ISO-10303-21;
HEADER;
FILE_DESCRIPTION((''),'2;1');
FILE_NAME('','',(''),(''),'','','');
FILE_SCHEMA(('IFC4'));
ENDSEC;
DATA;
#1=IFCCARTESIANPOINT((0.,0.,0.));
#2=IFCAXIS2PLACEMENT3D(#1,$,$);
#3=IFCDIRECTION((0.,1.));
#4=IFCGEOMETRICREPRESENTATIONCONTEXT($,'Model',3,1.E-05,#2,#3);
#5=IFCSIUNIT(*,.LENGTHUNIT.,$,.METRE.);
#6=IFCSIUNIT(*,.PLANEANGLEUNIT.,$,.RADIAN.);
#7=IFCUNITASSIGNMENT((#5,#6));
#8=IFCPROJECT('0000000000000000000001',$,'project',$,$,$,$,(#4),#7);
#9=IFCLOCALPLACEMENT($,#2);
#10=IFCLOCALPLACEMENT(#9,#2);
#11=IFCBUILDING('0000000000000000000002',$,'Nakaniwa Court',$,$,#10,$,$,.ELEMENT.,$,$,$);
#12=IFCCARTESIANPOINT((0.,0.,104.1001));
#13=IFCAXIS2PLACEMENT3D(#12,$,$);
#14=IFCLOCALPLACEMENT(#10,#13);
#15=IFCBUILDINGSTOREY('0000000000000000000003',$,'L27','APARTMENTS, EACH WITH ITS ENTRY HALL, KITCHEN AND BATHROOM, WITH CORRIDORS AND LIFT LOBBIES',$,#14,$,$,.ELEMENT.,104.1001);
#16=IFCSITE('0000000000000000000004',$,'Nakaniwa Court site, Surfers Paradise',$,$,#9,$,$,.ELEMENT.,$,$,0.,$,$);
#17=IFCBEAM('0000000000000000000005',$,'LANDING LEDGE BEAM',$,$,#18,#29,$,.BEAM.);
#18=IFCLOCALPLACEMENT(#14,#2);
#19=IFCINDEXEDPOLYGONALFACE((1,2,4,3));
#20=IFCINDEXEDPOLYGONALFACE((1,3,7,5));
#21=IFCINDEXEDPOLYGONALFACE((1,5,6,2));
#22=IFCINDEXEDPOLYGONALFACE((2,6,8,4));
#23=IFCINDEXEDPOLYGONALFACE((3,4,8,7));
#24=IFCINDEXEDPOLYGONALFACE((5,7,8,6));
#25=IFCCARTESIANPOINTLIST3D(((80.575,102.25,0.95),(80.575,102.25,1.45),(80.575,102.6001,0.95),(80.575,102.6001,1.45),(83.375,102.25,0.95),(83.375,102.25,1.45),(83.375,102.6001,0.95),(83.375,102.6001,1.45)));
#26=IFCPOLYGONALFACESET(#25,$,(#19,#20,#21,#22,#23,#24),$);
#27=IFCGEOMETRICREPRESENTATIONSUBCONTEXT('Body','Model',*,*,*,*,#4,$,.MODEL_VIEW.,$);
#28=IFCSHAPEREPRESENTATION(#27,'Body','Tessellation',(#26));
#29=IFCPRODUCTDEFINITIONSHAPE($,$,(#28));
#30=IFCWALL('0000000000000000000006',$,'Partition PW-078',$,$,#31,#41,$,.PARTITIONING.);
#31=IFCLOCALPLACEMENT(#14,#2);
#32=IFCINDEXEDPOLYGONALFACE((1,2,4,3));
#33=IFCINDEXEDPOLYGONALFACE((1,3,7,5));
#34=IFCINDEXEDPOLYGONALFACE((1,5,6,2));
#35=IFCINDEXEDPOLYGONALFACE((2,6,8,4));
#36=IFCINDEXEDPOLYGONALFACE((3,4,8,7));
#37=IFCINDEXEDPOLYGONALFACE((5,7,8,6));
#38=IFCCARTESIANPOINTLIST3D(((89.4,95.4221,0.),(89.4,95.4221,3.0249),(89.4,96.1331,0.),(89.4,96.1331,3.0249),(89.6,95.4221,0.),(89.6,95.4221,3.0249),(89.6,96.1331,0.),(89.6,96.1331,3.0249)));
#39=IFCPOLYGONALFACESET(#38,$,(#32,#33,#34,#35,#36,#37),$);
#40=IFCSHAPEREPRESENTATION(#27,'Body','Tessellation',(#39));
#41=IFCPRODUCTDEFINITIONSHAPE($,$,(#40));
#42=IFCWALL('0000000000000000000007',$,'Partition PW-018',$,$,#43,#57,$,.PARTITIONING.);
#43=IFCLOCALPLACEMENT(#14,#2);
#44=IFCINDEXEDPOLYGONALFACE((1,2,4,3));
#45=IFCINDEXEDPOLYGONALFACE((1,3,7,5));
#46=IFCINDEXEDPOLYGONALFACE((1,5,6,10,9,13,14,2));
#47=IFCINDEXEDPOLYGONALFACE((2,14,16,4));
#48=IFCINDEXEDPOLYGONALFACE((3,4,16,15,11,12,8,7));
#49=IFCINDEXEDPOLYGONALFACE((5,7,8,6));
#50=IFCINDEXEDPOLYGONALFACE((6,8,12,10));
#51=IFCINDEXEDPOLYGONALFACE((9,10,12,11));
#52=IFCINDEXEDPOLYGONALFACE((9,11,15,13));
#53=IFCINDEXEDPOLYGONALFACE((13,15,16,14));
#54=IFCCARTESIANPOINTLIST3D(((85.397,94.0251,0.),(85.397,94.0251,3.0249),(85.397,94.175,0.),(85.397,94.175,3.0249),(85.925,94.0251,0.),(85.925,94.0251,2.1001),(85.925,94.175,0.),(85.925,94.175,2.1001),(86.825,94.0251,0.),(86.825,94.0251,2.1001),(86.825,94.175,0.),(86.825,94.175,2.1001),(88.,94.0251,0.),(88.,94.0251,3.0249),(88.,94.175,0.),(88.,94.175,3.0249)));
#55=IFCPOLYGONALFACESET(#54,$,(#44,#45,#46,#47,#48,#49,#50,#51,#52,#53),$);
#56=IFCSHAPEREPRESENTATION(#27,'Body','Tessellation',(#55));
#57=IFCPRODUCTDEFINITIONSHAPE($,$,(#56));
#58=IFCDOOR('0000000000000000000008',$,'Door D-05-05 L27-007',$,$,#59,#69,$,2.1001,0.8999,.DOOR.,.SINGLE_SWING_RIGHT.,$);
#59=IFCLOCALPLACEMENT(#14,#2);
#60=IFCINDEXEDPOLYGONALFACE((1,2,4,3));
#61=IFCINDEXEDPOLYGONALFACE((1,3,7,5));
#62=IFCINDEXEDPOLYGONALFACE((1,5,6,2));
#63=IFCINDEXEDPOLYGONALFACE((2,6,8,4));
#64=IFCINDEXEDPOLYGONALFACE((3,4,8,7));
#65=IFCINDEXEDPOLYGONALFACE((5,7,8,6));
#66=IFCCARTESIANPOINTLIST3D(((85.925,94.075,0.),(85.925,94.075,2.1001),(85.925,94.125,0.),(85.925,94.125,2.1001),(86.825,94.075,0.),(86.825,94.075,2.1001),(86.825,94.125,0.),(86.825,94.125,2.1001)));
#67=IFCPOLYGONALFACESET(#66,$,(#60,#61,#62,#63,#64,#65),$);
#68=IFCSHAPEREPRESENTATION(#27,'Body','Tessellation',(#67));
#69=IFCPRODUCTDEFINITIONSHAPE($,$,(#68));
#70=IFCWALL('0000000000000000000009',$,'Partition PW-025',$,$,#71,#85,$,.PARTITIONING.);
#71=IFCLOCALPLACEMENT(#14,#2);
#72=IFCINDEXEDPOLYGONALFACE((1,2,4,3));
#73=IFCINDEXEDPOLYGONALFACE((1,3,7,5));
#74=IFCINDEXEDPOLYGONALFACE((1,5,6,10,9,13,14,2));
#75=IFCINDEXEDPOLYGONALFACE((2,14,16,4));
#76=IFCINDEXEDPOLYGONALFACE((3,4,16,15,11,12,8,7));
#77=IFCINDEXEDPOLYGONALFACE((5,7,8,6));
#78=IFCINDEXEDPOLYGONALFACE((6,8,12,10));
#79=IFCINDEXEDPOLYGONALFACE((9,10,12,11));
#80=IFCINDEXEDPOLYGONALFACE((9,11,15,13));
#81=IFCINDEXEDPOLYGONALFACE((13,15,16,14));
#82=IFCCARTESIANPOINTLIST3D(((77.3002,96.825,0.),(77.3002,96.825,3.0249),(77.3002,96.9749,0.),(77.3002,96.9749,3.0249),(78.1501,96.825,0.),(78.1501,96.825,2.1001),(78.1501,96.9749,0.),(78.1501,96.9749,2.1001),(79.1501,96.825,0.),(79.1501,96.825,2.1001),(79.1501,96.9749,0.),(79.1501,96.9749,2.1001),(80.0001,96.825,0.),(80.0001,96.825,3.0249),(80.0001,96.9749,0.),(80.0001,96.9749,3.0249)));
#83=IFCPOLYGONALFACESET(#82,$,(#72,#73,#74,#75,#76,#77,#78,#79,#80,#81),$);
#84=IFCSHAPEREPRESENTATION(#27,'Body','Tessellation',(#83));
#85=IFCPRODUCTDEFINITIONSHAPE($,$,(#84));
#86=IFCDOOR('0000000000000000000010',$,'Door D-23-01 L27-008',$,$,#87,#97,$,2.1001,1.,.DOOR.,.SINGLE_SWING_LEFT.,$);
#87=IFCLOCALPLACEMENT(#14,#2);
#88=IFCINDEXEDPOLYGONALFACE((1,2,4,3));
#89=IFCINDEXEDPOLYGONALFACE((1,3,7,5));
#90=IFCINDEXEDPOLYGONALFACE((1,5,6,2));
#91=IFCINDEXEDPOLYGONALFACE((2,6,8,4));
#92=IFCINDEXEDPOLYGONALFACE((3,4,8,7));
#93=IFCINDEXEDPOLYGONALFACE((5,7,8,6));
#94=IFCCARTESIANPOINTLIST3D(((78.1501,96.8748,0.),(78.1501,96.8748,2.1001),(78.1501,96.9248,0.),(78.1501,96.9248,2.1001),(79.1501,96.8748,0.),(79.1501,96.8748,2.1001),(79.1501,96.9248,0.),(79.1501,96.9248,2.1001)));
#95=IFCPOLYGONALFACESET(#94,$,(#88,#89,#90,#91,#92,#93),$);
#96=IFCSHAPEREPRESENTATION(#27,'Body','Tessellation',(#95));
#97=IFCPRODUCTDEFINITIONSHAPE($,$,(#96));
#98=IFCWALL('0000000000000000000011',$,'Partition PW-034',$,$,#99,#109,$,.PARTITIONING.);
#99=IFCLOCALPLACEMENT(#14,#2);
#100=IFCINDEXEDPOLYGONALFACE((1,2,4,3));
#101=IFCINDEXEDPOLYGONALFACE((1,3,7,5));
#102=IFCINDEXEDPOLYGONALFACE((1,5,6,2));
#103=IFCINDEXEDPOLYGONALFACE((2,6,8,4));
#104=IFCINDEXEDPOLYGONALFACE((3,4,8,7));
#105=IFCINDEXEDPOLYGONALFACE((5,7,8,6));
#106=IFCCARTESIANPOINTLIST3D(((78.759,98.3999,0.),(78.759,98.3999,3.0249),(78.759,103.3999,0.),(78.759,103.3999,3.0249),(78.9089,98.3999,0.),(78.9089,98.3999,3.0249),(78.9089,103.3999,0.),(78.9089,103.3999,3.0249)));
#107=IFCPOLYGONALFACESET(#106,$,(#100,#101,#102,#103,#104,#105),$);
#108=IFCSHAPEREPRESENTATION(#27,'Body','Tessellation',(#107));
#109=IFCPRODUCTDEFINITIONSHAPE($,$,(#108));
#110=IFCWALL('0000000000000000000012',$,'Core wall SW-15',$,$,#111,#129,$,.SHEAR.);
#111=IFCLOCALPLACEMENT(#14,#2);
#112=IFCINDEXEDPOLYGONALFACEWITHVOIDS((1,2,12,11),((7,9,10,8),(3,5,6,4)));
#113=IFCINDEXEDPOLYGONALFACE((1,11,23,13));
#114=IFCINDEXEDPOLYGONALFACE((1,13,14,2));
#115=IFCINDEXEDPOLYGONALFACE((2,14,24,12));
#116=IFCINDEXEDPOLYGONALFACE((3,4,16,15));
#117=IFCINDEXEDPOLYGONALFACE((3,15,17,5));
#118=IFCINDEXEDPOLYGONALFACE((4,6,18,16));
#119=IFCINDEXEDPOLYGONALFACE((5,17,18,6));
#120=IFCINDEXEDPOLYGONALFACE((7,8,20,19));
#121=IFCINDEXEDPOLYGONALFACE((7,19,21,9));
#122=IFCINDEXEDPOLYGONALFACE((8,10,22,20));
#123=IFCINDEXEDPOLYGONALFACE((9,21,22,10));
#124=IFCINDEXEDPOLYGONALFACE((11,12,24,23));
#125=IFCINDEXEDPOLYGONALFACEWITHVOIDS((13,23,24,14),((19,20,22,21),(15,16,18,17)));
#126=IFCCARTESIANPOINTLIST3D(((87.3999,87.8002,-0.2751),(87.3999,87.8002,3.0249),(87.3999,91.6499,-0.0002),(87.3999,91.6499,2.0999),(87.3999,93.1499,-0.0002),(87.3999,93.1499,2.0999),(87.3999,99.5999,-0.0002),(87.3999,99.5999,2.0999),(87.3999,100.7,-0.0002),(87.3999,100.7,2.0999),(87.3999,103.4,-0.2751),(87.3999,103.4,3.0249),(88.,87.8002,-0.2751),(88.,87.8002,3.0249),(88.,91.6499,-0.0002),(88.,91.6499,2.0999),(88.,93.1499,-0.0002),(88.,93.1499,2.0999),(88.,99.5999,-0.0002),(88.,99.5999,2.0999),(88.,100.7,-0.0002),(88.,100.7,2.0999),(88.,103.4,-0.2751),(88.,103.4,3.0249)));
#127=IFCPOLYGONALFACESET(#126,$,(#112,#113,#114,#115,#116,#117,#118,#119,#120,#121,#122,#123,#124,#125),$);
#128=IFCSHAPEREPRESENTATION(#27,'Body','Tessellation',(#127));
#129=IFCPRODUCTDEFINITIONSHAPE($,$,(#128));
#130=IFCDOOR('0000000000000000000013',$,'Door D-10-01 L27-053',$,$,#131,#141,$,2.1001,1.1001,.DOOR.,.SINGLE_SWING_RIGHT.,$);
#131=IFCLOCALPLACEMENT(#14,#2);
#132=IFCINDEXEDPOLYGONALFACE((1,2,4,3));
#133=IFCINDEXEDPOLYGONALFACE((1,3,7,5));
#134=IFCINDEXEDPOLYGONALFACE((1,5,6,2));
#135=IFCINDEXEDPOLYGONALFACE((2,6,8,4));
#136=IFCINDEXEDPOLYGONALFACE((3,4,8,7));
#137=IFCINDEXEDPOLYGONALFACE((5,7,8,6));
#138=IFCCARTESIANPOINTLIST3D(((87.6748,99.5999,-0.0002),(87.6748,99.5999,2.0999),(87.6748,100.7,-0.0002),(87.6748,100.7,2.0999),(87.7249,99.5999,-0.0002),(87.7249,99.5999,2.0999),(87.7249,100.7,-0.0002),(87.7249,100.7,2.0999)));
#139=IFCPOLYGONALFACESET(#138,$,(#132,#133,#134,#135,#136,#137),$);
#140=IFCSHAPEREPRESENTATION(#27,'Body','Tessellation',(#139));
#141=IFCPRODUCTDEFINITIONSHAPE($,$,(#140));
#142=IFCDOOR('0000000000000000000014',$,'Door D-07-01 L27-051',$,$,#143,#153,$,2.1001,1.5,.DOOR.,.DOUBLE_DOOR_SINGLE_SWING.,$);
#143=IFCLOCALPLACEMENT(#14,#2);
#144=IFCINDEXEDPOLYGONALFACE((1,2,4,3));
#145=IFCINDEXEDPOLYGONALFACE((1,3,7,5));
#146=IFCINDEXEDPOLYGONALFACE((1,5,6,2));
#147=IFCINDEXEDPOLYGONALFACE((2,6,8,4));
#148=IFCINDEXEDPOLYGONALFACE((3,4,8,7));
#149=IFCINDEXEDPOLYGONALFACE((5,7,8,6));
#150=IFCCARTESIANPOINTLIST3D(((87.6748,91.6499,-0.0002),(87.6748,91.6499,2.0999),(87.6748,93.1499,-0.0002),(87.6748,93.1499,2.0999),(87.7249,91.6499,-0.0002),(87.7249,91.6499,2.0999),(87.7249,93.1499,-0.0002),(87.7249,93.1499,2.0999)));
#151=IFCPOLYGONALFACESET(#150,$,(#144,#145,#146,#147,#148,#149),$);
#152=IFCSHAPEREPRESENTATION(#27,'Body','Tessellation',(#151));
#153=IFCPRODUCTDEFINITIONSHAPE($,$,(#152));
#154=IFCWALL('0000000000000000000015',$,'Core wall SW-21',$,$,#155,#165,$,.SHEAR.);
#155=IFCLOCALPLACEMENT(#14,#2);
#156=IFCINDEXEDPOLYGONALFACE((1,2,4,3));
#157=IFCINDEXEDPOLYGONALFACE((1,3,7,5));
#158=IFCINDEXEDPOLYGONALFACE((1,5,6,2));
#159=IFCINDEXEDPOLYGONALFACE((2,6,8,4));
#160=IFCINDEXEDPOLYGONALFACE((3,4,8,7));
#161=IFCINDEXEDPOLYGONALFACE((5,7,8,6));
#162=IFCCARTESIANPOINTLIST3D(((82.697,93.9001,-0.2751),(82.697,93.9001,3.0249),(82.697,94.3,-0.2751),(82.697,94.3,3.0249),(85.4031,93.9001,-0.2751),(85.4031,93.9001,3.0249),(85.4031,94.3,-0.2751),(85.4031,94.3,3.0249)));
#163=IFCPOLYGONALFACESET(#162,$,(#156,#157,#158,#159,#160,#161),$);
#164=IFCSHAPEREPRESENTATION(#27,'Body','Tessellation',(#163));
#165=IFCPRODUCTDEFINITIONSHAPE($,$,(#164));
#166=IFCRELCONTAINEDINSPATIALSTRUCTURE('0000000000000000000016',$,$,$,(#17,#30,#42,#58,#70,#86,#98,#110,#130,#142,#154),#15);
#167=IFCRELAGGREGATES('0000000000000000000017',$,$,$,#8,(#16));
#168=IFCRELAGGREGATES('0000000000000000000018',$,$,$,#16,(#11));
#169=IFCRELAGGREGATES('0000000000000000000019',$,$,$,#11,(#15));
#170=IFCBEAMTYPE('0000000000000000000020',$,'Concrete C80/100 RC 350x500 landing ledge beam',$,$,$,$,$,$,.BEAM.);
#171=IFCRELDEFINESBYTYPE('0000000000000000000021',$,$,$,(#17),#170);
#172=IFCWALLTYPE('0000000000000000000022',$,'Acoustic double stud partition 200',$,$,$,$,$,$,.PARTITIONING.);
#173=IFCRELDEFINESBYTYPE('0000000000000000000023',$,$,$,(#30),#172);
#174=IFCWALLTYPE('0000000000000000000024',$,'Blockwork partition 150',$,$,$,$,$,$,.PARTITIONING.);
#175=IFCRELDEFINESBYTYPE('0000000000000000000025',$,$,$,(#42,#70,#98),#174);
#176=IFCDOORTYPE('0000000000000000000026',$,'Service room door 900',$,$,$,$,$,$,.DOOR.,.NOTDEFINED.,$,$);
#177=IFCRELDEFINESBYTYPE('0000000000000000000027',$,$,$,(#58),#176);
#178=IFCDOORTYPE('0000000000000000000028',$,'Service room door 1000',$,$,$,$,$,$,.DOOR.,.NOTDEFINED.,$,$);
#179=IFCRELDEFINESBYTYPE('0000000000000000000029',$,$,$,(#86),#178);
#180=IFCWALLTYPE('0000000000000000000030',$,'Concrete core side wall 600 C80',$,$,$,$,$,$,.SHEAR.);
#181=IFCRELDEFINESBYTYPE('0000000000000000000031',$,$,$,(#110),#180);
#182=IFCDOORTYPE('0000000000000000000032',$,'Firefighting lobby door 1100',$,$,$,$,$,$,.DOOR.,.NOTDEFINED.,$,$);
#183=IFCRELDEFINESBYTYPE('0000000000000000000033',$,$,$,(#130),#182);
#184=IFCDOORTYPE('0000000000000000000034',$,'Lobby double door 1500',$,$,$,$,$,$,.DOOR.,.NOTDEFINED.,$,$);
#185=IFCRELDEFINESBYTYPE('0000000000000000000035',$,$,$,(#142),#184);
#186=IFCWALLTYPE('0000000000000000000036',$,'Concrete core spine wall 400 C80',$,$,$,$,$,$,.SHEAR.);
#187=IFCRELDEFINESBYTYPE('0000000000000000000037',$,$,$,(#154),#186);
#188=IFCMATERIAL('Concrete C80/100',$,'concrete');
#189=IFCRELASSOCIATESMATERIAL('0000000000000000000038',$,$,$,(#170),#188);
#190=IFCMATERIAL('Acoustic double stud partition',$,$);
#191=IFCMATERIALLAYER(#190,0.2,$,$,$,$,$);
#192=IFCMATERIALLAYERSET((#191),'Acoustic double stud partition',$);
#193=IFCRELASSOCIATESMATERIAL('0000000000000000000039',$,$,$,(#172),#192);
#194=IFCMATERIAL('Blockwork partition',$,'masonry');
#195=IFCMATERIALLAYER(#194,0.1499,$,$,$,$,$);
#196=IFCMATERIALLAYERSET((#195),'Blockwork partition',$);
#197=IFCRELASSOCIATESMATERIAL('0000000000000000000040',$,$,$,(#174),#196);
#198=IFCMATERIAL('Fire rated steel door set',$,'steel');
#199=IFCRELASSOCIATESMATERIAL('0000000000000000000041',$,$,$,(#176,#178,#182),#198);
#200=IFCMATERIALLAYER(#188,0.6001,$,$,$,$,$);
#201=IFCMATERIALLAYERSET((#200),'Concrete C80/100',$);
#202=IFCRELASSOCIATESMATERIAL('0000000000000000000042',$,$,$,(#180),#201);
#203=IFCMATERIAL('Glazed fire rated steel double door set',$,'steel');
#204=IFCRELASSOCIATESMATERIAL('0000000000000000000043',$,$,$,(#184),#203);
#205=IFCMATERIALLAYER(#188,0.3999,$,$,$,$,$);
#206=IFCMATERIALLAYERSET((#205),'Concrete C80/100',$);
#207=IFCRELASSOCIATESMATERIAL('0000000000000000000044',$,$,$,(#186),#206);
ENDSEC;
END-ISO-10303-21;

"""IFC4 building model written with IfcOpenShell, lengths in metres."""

from ifc_helpers import new_model, si_unit, direction, frame, frame_2d, origin, origin_2d, place, context, subcontext, project, spatial, rectangle, extrude, material, layer, layer_set, material_profile, profile_set, type_object, element, fill, save


model = new_model("IFC4")

# Units and contexts
model_context = context("Model", 3, precision=1e-05, world=origin(), true_north=direction((0.0, 1.0)))
body_context = subcontext(model_context, "Body", "Model", "MODEL_VIEW")
ifc_project = project(units=[si_unit("LENGTHUNIT", "METRE"), si_unit("PLANEANGLEUNIT", "RADIAN")], contexts=[model_context])

# Site, building, storey
site_placement = place(None, origin())
site = spatial("IfcSite", under=ifc_project, at=site_placement, Name="Nakaniwa Court site, Surfers Paradise", CompositionType="ELEMENT", RefElevation=0.0)
building_placement = place(site_placement, origin())
building = spatial("IfcBuilding", under=site, at=building_placement, Name="Nakaniwa Court", CompositionType="ELEMENT")
storey_placement = place(building_placement, frame((0.0, 0.0, 104.1001)))
storey = spatial("IfcBuildingStorey", under=building, at=storey_placement, Name="L27", Description="APARTMENTS, EACH WITH ITS ENTRY HALL, KITCHEN AND BATHROOM, WITH CORRIDORS AND LIFT LOBBIES", CompositionType="ELEMENT", Elevation=104.1001)

# Beam
ifc_material_1 = material(Name="Concrete C80/100", Category="concrete")
ifc_material_profile = material_profile(ifc_material_1, rectangle(XDim=0.3501, YDim=0.5, at=origin_2d()), Name="Concrete C80/100 RC 350x500 landing ledge beam")
ifc_profile_set = profile_set([ifc_material_profile], Name="Concrete C80/100")
beam_type = type_object("IfcBeamType", Name="Concrete C80/100 RC 350x500 landing ledge beam", PredefinedType="BEAM", material=ifc_profile_set)
beam_placement = place(storey_placement, frame((80.575, 102.425, 1.2), z_axis=(1.0, 0.0, 0.0), x_axis=(0.0, 1.0, 0.0)))
element("IfcBeam", 1, at=beam_placement, inside=storey, type_object=beam_type, Name="LANDING LEDGE BEAM", PredefinedType="BEAM", context=body_context, shape_type="SweptSolid", body=[
    extrude(rectangle(XDim=0.3501, YDim=0.5, at=origin_2d()), origin(), (0.0, 0.0, 1.0), 2.8),
])

# Wall
ifc_material_2 = material(Name="Acoustic double stud partition")
ifc_layer_1 = layer(ifc_material_2, 0.2)
ifc_layer_set_1 = layer_set([ifc_layer_1], Name="Acoustic double stud partition")
wall_type_1 = type_object("IfcWallType", Name="Acoustic double stud partition 200", PredefinedType="PARTITIONING", material=ifc_layer_set_1)
wall_1_placement = place(storey_placement, frame((89.5, 95.4221, 0.0), z_axis=(0.0, 0.0, 1.0), x_axis=(0.0, 1.0, 0.0)))
element("IfcWall", 2, at=wall_1_placement, inside=storey, type_object=wall_type_1, Name="Partition PW-078", PredefinedType="PARTITIONING", context=body_context, shape_type="SweptSolid", body=[
    extrude(rectangle(XDim=0.7109, YDim=0.2, at=frame_2d((0.3555, 0.0))), origin(), (0.0, 0.0, 1.0), 3.0249),
])

# Walls, openings, doors
ifc_material_3 = material(Name="Blockwork partition", Category="masonry")
ifc_layer_2 = layer(ifc_material_3, 0.1499)
ifc_layer_set_2 = layer_set([ifc_layer_2], Name="Blockwork partition")
wall_type_2 = type_object("IfcWallType", Name="Blockwork partition 150", PredefinedType="PARTITIONING", material=ifc_layer_set_2)
wall_2_placement = place(storey_placement, frame((85.397, 94.1001, 0.0), z_axis=(0.0, 0.0, 1.0), x_axis=(1.0, 0.0, 0.0)))
wall_2 = element("IfcWall", 3, at=wall_2_placement, inside=storey, type_object=wall_type_2, Name="Partition PW-018", PredefinedType="PARTITIONING", context=body_context, shape_type="SweptSolid", body=[
    extrude(rectangle(XDim=2.603, YDim=0.1499, at=frame_2d((1.3015, 0.0))), origin(), (0.0, 0.0, 1.0), 3.0249),
])
opening_1_placement = place(wall_2_placement, frame((0.5281, 0.0, 0.0)))
opening_1 = element("IfcOpeningElement", 4, at=opening_1_placement, cuts=wall_2, PredefinedType="OPENING", context=body_context, shape_type="SweptSolid", body=[
    extrude(rectangle(XDim=0.8999, YDim=2.1001, at=frame_2d((0.45, 1.05))), frame((0.0, 0.085, 0.0), z_axis=(0.0, -1.0, 0.0), x_axis=(1.0, 0.0, 0.0)), (0.0, 0.0, 1.0), 0.1699),
])
ifc_material_4 = material(Name="Fire rated steel door set", Category="steel")
door_type_1 = type_object("IfcDoorType", Name="Service room door 900", OperationType="NOTDEFINED", PredefinedType="DOOR", material=ifc_material_4)
door_1_placement = place(opening_1_placement, origin())
door_1 = element("IfcDoor", 5, at=door_1_placement, inside=storey, type_object=door_type_1, Name="Door D-05-05 L27-007", OperationType="SINGLE_SWING_RIGHT", OverallHeight=2.1001, OverallWidth=0.8999, PredefinedType="DOOR", context=body_context, shape_type="SweptSolid", body=[
    extrude(rectangle(XDim=0.8999, YDim=2.1001, at=frame_2d((0.45, 1.05))), frame((0.0, 0.0249, 0.0), z_axis=(0.0, -1.0, 0.0), x_axis=(1.0, 0.0, 0.0)), (0.0, 0.0, 1.0), 0.05),
])
fill(opening_1, door_1)
wall_3_placement = place(storey_placement, frame((77.3, 96.8999, 0.0), z_axis=(0.0, 0.0, 1.0), x_axis=(1.0, 0.0, 0.0)))
wall_3 = element("IfcWall", 6, at=wall_3_placement, inside=storey, type_object=wall_type_2, Name="Partition PW-025", PredefinedType="PARTITIONING", context=body_context, shape_type="SweptSolid", body=[
    extrude(rectangle(XDim=2.7, YDim=0.1499, at=frame_2d((1.3501, 0.0))), origin(), (0.0, 0.0, 1.0), 3.0249),
])
opening_2_placement = place(wall_3_placement, frame((0.8501, 0.0, 0.0)))
opening_2 = element("IfcOpeningElement", 7, at=opening_2_placement, cuts=wall_3, PredefinedType="OPENING", context=body_context, shape_type="SweptSolid", body=[
    extrude(rectangle(XDim=1.0, YDim=2.1001, at=frame_2d((0.5, 1.05))), frame((0.0, 0.085, 0.0), z_axis=(0.0, -1.0, 0.0), x_axis=(1.0, 0.0, 0.0)), (0.0, 0.0, 1.0), 0.1699),
])
door_type_2 = type_object("IfcDoorType", Name="Service room door 1000", OperationType="NOTDEFINED", PredefinedType="DOOR", material=ifc_material_4)
door_2_placement = place(opening_2_placement, origin())
door_2 = element("IfcDoor", 8, at=door_2_placement, inside=storey, type_object=door_type_2, Name="Door D-23-01 L27-008", OperationType="SINGLE_SWING_LEFT", OverallHeight=2.1001, OverallWidth=1.0, PredefinedType="DOOR", context=body_context, shape_type="SweptSolid", body=[
    extrude(rectangle(XDim=1.0, YDim=2.1001, at=frame_2d((0.5, 1.05))), frame((0.0, 0.0249, 0.0), z_axis=(0.0, -1.0, 0.0), x_axis=(1.0, 0.0, 0.0)), (0.0, 0.0, 1.0), 0.05),
])
fill(opening_2, door_2)

# Wall
wall_4_placement = place(storey_placement, frame((78.834, 98.3999, 0.0), z_axis=(0.0, 0.0, 1.0), x_axis=(0.0, 1.0, 0.0)))
element("IfcWall", 9, at=wall_4_placement, inside=storey, type_object=wall_type_2, Name="Partition PW-034", PredefinedType="PARTITIONING", context=body_context, shape_type="SweptSolid", body=[
    extrude(rectangle(XDim=5.0, YDim=0.1499, at=frame_2d((2.5, 0.0))), origin(), (0.0, 0.0, 1.0), 3.0249),
])

# Wall, openings, doors
ifc_layer_3 = layer(ifc_material_1, 0.6001)
ifc_layer_set_3 = layer_set([ifc_layer_3], Name="Concrete C80/100")
wall_type_3 = type_object("IfcWallType", Name="Concrete core side wall 600 C80", PredefinedType="SHEAR", material=ifc_layer_set_3)
wall_5_placement = place(storey_placement, frame((87.7, 103.3999, -0.2751), z_axis=(0.0, 0.0, 1.0), x_axis=(0.0, -1.0, 0.0)))
wall_5 = element("IfcWall", 10, at=wall_5_placement, inside=storey, type_object=wall_type_3, Name="Core wall SW-15", PredefinedType="SHEAR", context=body_context, shape_type="SweptSolid", body=[
    extrude(rectangle(XDim=15.5999, YDim=0.6001, at=frame_2d((7.7998, 0.0))), origin(), (0.0, 0.0, 1.0), 3.3),
])
opening_3_placement = place(wall_5_placement, frame((10.25, 0.0, 0.2749)))
opening_3 = element("IfcOpeningElement", 11, at=opening_3_placement, cuts=wall_5, PredefinedType="OPENING", context=body_context, shape_type="SweptSolid", body=[
    extrude(rectangle(XDim=1.5, YDim=2.1001, at=frame_2d((0.75, 1.05))), frame((0.0, 0.3101, 0.0), z_axis=(0.0, -1.0, 0.0), x_axis=(1.0, 0.0, 0.0)), (0.0, 0.0, 1.0), 0.6201),
])
opening_4_placement = place(wall_5_placement, frame((2.7, 0.0, 0.2749)))
opening_4 = element("IfcOpeningElement", 12, at=opening_4_placement, cuts=wall_5, PredefinedType="OPENING", context=body_context, shape_type="SweptSolid", body=[
    extrude(rectangle(XDim=1.1001, YDim=2.1001, at=frame_2d((0.55, 1.05))), frame((0.0, 0.3101, 0.0), z_axis=(0.0, -1.0, 0.0), x_axis=(1.0, 0.0, 0.0)), (0.0, 0.0, 1.0), 0.6201),
])
door_type_3 = type_object("IfcDoorType", Name="Firefighting lobby door 1100", OperationType="NOTDEFINED", PredefinedType="DOOR", material=ifc_material_4)
door_3_placement = place(opening_4_placement, origin())
door_3 = element("IfcDoor", 13, at=door_3_placement, inside=storey, type_object=door_type_3, Name="Door D-10-01 L27-053", OperationType="SINGLE_SWING_RIGHT", OverallHeight=2.1001, OverallWidth=1.1001, PredefinedType="DOOR", context=body_context, shape_type="SweptSolid", body=[
    extrude(rectangle(XDim=1.1001, YDim=2.1001, at=frame_2d((0.55, 1.05))), frame((0.0, 0.0249, 0.0), z_axis=(0.0, -1.0, 0.0), x_axis=(1.0, 0.0, 0.0)), (0.0, 0.0, 1.0), 0.05),
])
fill(opening_4, door_3)
ifc_material_5 = material(Name="Glazed fire rated steel double door set", Category="steel")
door_type_4 = type_object("IfcDoorType", Name="Lobby double door 1500", OperationType="NOTDEFINED", PredefinedType="DOOR", material=ifc_material_5)
door_4_placement = place(opening_3_placement, origin())
door_4 = element("IfcDoor", 14, at=door_4_placement, inside=storey, type_object=door_type_4, Name="Door D-07-01 L27-051", OperationType="DOUBLE_DOOR_SINGLE_SWING", OverallHeight=2.1001, OverallWidth=1.5, PredefinedType="DOOR", context=body_context, shape_type="SweptSolid", body=[
    extrude(rectangle(XDim=1.5, YDim=2.1001, at=frame_2d((0.75, 1.05))), frame((0.0, 0.0249, 0.0), z_axis=(0.0, -1.0, 0.0), x_axis=(1.0, 0.0, 0.0)), (0.0, 0.0, 1.0), 0.05),
])
fill(opening_3, door_4)

# Wall
ifc_layer_4 = layer(ifc_material_1, 0.3999)
ifc_layer_set_4 = layer_set([ifc_layer_4], Name="Concrete C80/100")
wall_type_4 = type_object("IfcWallType", Name="Concrete core spine wall 400 C80", PredefinedType="SHEAR", material=ifc_layer_set_4)
wall_6_placement = place(storey_placement, frame((82.697, 94.1001, -0.2751), z_axis=(0.0, 0.0, 1.0), x_axis=(1.0, 0.0, 0.0)))
element("IfcWall", 15, at=wall_6_placement, inside=storey, type_object=wall_type_4, Name="Core wall SW-21", PredefinedType="SHEAR", context=body_context, shape_type="SweptSolid", body=[
    extrude(rectangle(XDim=2.7061, YDim=0.3999, at=frame_2d((1.353, 0.0))), origin(), (0.0, 0.0, 1.0), 3.3),
])

save(model, "model.ifc")
